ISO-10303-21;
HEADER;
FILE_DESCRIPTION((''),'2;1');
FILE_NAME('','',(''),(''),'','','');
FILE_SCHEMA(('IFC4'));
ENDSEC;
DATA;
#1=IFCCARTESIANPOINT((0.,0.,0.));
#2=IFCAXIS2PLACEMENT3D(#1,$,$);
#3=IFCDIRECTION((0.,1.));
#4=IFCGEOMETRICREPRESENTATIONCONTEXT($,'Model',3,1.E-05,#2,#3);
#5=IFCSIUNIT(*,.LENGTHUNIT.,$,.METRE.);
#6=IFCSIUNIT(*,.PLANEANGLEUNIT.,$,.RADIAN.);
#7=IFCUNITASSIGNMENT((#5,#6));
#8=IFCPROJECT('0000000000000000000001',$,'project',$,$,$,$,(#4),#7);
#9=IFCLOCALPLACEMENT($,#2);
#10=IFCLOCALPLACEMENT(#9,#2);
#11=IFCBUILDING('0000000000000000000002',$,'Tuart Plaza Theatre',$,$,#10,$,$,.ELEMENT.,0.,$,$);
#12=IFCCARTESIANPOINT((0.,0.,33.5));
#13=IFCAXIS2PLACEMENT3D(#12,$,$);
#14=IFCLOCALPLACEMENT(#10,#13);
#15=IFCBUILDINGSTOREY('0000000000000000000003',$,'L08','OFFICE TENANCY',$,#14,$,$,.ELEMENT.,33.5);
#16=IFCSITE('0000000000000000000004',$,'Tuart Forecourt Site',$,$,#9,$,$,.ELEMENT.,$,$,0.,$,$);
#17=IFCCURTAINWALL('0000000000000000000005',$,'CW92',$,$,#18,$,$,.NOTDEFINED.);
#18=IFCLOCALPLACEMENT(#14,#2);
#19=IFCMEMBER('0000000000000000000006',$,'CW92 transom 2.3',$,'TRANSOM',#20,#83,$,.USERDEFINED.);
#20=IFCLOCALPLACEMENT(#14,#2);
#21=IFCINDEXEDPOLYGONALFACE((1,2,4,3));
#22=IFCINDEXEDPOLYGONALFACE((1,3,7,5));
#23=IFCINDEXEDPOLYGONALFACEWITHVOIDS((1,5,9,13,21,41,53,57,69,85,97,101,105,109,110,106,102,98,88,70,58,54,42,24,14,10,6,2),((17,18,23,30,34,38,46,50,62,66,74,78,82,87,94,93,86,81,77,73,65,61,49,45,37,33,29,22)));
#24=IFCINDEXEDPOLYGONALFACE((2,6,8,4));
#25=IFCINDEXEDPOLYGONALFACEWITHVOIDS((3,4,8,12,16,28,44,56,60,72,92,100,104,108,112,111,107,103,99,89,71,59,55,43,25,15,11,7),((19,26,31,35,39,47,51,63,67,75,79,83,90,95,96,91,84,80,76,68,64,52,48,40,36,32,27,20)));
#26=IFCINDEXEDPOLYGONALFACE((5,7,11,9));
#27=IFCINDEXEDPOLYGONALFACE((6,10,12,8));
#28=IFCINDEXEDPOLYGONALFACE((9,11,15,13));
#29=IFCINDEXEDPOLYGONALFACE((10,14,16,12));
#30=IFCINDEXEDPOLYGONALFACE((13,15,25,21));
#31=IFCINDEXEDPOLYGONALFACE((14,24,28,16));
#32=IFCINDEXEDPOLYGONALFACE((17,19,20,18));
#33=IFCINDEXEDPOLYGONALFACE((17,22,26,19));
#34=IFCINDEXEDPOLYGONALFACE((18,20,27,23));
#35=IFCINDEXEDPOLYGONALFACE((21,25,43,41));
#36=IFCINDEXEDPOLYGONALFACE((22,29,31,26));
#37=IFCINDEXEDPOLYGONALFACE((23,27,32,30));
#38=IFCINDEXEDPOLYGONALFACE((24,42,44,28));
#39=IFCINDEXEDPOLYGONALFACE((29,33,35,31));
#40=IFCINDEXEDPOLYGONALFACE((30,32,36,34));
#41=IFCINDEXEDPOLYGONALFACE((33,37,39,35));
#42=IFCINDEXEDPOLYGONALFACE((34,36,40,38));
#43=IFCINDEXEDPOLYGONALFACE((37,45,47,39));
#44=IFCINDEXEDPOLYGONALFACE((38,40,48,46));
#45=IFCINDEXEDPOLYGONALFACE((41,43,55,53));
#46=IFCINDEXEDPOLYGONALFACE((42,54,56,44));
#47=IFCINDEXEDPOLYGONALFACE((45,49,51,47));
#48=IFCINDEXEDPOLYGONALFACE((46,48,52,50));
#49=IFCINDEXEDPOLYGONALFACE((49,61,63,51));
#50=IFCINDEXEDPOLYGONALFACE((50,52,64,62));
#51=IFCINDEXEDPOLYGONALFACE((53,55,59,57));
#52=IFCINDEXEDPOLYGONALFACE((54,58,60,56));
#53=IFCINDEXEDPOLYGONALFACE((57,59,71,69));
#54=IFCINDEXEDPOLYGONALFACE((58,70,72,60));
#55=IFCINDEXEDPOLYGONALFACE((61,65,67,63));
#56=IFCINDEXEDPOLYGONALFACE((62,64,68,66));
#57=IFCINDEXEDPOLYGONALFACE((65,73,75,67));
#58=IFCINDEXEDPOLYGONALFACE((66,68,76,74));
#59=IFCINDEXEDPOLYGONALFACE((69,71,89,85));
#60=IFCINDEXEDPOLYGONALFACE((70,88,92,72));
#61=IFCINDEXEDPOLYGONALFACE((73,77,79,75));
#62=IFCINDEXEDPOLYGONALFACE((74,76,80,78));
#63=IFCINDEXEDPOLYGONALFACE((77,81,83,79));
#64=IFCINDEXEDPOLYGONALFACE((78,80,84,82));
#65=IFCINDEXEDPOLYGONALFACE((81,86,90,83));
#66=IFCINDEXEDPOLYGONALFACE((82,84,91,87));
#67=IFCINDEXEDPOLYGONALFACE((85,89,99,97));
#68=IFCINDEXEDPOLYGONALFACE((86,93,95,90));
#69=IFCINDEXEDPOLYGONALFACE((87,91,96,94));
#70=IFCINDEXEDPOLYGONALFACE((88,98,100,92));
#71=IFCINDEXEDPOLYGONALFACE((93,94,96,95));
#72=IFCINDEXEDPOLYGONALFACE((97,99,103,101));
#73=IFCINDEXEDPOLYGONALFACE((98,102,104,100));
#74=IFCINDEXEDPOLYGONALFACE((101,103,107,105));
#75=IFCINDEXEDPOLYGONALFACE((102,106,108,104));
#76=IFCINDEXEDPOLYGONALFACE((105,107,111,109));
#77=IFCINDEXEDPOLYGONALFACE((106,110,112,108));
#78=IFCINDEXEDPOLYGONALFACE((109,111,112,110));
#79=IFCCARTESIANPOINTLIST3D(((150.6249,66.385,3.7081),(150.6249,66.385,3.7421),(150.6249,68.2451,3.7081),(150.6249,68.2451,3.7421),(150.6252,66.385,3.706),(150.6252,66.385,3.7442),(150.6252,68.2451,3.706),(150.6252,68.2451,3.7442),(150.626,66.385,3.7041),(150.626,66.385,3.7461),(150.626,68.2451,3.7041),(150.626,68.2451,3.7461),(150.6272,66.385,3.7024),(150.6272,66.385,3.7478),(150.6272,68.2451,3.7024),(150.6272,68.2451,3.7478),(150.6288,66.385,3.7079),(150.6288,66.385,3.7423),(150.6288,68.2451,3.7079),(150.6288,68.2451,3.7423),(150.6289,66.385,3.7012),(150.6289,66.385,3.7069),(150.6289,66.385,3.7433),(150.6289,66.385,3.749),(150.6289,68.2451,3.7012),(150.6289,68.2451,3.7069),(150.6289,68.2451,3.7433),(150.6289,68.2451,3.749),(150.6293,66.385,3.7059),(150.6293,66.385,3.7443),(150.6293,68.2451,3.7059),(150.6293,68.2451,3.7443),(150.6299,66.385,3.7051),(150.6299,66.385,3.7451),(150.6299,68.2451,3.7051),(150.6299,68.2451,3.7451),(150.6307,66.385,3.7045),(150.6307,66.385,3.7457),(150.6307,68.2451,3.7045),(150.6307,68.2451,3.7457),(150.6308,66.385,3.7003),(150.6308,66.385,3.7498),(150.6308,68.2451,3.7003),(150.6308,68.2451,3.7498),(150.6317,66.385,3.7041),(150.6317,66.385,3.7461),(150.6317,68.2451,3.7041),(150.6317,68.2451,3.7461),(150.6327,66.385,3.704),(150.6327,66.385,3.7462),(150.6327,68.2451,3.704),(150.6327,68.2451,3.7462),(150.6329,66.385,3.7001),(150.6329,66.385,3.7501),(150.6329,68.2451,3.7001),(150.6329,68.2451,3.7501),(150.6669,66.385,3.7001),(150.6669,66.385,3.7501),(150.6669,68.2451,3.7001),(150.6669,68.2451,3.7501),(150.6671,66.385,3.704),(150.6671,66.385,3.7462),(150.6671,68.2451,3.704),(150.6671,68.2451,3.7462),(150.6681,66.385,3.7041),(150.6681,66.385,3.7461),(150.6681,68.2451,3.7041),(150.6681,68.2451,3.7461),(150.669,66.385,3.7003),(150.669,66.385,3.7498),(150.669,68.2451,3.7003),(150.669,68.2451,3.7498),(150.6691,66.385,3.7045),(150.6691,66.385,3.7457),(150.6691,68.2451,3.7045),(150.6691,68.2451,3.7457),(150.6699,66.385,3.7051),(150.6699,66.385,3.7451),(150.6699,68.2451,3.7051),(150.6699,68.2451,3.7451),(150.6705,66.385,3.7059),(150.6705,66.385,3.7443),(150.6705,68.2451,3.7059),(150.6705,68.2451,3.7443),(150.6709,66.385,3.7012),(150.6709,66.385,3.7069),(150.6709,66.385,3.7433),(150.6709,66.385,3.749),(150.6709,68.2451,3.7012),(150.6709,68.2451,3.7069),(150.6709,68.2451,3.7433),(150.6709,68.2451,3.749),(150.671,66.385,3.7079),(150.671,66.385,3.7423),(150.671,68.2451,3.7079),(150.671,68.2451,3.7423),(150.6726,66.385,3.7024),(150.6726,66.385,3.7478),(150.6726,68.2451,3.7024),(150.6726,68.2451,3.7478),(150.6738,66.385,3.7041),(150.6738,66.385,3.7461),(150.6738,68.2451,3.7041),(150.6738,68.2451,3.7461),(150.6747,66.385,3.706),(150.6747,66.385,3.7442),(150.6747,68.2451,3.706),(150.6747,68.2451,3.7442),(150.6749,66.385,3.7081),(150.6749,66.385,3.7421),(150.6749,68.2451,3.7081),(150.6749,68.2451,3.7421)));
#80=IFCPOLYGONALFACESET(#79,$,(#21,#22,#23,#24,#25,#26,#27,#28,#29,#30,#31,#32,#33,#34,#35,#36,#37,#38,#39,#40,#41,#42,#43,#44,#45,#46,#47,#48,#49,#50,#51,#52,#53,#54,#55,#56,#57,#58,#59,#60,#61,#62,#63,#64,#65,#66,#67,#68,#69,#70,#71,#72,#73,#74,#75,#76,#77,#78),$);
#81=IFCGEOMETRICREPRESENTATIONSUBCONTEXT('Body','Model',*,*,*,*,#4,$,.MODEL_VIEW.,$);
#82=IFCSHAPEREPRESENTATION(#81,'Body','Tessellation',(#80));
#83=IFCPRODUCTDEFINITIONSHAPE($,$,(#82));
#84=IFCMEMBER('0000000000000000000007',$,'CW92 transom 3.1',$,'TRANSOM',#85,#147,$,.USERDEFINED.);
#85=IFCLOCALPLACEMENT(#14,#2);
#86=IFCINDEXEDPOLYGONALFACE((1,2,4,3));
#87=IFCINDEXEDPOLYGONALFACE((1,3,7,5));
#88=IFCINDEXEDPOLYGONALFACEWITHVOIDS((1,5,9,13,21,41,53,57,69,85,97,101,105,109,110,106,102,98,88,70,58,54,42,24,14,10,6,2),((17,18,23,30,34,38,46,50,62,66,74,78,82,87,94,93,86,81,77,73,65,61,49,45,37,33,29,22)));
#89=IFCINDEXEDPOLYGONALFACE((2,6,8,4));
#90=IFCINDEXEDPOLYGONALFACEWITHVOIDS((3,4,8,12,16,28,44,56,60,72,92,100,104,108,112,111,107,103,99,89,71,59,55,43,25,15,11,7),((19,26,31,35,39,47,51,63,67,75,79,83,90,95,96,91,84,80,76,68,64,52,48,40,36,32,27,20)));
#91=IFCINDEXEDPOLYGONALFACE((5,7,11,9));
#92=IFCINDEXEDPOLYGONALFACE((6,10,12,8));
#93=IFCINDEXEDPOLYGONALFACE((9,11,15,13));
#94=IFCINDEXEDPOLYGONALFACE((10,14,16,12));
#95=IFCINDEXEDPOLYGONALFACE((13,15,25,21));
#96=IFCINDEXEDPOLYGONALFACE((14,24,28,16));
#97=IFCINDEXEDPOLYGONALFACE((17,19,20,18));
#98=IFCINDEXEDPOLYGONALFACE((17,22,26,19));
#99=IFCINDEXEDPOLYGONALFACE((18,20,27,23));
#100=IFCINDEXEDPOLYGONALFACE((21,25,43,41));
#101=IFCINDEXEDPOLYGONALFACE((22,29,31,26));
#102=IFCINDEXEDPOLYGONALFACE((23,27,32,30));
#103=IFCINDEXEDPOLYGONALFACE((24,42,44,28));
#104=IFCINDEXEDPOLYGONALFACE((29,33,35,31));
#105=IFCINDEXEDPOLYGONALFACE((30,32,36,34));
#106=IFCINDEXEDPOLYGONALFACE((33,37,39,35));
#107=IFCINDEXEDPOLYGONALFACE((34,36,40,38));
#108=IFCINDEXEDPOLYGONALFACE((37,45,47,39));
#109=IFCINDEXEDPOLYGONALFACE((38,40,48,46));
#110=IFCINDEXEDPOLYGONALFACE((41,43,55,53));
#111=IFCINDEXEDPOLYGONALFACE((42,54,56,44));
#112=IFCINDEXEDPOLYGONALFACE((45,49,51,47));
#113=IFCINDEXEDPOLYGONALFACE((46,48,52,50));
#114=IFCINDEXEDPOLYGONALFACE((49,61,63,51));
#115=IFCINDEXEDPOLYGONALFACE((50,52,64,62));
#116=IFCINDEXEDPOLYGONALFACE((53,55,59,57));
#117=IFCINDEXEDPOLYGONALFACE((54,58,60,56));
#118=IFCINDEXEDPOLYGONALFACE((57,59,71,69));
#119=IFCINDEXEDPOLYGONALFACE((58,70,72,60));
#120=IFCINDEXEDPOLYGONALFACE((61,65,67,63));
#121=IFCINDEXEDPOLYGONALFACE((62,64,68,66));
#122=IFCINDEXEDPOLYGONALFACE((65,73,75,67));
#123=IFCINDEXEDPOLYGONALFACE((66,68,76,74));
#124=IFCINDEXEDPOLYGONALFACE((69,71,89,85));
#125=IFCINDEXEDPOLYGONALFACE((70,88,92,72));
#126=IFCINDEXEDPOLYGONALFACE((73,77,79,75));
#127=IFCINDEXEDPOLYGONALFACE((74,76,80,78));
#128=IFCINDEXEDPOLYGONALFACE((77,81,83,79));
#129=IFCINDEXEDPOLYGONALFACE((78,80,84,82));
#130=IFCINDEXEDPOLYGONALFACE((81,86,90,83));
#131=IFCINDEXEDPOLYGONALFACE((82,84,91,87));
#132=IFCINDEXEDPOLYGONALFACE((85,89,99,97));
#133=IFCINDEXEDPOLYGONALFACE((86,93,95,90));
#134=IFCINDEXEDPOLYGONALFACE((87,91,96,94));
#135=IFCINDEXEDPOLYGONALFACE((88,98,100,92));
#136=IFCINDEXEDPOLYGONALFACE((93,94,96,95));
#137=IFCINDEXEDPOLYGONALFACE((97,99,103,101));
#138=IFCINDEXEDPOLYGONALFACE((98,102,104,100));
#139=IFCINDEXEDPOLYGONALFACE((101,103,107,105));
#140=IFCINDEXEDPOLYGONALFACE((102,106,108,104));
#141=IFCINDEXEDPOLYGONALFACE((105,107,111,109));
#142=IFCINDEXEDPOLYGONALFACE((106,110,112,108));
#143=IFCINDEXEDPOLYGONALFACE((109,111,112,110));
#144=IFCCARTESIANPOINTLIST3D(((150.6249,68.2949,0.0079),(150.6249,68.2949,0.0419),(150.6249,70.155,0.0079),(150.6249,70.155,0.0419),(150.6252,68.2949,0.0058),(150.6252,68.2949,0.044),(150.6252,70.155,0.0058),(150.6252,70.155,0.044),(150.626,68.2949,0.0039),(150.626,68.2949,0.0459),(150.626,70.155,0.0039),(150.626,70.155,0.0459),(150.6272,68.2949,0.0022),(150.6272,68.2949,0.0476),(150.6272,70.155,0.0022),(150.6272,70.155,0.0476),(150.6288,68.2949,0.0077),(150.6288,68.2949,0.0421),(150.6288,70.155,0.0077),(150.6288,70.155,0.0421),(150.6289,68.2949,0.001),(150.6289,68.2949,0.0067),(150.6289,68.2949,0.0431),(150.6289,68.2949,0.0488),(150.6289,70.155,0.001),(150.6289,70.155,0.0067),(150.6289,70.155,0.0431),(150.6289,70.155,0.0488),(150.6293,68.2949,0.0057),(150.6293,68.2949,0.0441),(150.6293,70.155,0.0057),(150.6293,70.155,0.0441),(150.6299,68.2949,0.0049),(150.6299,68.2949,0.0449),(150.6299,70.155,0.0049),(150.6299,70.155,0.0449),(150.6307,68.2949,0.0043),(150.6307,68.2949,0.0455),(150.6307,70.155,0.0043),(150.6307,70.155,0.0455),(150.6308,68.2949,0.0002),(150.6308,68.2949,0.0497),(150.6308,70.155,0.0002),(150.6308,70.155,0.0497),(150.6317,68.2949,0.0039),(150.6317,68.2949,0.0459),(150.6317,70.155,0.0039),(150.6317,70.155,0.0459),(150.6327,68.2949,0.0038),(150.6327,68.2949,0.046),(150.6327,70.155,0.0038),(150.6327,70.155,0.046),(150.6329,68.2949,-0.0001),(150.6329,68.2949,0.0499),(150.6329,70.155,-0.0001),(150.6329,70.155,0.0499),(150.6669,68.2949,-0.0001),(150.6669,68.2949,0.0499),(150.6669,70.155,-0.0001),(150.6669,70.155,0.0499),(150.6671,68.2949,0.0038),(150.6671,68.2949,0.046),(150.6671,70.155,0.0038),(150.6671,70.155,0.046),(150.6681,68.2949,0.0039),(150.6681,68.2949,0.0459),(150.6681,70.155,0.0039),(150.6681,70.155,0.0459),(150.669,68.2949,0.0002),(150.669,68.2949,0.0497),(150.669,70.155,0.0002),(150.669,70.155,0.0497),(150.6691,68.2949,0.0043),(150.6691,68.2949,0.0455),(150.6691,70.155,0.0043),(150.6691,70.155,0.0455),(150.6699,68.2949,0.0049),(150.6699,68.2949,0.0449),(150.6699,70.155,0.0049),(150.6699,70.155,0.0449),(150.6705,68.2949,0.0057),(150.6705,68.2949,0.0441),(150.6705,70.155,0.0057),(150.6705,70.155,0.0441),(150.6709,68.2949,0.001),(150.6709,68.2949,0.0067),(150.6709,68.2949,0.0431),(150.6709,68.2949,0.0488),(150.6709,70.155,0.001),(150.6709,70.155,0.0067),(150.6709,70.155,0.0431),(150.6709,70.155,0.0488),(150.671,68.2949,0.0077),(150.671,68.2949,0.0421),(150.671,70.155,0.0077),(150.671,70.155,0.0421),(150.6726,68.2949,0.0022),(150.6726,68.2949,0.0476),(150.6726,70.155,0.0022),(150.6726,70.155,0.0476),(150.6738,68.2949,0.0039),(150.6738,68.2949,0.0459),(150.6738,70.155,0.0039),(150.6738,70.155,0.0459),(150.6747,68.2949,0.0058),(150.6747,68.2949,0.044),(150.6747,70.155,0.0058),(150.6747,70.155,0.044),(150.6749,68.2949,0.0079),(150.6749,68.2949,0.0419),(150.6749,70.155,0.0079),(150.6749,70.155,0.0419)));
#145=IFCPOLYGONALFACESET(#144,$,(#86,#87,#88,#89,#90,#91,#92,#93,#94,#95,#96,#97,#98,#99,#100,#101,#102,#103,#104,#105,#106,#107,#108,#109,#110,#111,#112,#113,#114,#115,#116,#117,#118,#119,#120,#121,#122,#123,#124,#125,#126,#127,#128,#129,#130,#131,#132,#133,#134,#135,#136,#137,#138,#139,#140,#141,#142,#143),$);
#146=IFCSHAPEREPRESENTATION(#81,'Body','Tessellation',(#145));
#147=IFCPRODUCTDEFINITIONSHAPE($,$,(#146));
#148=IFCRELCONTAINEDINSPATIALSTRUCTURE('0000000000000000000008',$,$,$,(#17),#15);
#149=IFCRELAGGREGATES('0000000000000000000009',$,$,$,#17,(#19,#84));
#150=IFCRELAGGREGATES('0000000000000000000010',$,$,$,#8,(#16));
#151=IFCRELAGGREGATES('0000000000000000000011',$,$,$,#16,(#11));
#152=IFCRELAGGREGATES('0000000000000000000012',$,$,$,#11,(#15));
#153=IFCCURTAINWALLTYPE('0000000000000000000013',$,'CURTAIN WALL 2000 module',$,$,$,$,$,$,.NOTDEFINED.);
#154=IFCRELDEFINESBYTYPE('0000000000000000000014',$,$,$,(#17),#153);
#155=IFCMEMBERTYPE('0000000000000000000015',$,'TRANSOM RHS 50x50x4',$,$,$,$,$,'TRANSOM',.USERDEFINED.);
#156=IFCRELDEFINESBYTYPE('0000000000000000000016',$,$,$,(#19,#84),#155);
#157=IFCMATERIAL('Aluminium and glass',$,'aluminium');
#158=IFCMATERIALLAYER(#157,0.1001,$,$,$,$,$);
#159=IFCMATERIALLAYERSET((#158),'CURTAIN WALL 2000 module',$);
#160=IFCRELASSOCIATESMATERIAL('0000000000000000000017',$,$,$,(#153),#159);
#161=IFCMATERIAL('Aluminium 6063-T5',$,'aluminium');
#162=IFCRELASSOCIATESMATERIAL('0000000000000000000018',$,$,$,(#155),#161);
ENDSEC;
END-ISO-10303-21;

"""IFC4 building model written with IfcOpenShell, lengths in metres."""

from ifc_helpers import new_model, si_unit, direction, frame, origin, origin_2d, place, context, subcontext, project, spatial, hollow_rectangle, extrude, material, layer, layer_set, material_profile, profile_set, type_object, element, aggregate, save


model = new_model("IFC4")

# Units and contexts
model_context = context("Model", 3, precision=1e-05, world=origin(), true_north=direction((0.0, 1.0)))
body_context = subcontext(model_context, "Body", "Model", "MODEL_VIEW")
ifc_project = project(units=[si_unit("LENGTHUNIT", "METRE"), si_unit("PLANEANGLEUNIT", "RADIAN")], contexts=[model_context])

# Site, building, storey
site_placement = place(None, origin())
site = spatial("IfcSite", under=ifc_project, at=site_placement, Name="Tuart Forecourt Site", CompositionType="ELEMENT", RefElevation=0.0)
building_placement = place(site_placement, origin())
building = spatial("IfcBuilding", under=site, at=building_placement, Name="Tuart Plaza Theatre", CompositionType="ELEMENT", ElevationOfRefHeight=0.0)
storey_placement = place(building_placement, frame((0.0, 0.0, 33.5)))
storey = spatial("IfcBuildingStorey", under=building, at=storey_placement, Name="L08", Description="OFFICE TENANCY", CompositionType="ELEMENT", Elevation=33.5)

# Curtain wall, members
ifc_material_1 = material(Name="Aluminium and glass", Category="aluminium")
ifc_layer_1 = layer(ifc_material_1, 0.1001)
ifc_layer_set_1 = layer_set([ifc_layer_1], Name="CURTAIN WALL 2000 module")
curtain_wall_type = type_object("IfcCurtainWallType", Name="CURTAIN WALL 2000 module", PredefinedType="NOTDEFINED", material=ifc_layer_set_1)
curtain_wall_placement = place(storey_placement, origin())
curtain_wall = element("IfcCurtainWall", 1, at=curtain_wall_placement, inside=storey, type_object=curtain_wall_type, Name="CW92", PredefinedType="NOTDEFINED")
ifc_material_2 = material(Name="Aluminium 6063-T5", Category="aluminium")
ifc_material_profile_1 = material_profile(ifc_material_2, hollow_rectangle(XDim=0.05, YDim=0.05, WallThickness=0.0039, InnerFilletRadius=0.0039, OuterFilletRadius=0.0081, at=origin_2d()), Name="RHS 50x50x4")
ifc_profile_set_1 = profile_set([ifc_material_profile_1], Name="Aluminium 6063-T5")
member_type_1 = type_object("IfcMemberType", Name="TRANSOM RHS 50x50x4", ElementType="TRANSOM", PredefinedType="USERDEFINED", material=ifc_profile_set_1)
member_1_placement = place(storey_placement, frame((150.6499, 66.385, 3.7251), z_axis=(0.0, 1.0, 0.0), x_axis=(-1.0, 0.0, 0.0)))
member_1 = element("IfcMember", 2, at=member_1_placement, type_object=member_type_1, Name="CW92 transom 2.3", ObjectType="TRANSOM", PredefinedType="USERDEFINED", context=body_context, shape_type="SweptSolid", body=[
    extrude(hollow_rectangle(XDim=0.05, YDim=0.05, WallThickness=0.0039, InnerFilletRadius=0.0039, OuterFilletRadius=0.0081, at=origin_2d()), origin(), (0.0, 0.0, 1.0), 1.8601),
])
member_2_placement = place(storey_placement, frame((150.6499, 68.2949, 0.0249), z_axis=(0.0, 1.0, 0.0), x_axis=(-1.0, 0.0, 0.0)))
member_2 = element("IfcMember", 3, at=member_2_placement, type_object=member_type_1, Name="CW92 transom 3.1", ObjectType="TRANSOM", PredefinedType="USERDEFINED", context=body_context, shape_type="SweptSolid", body=[
    extrude(hollow_rectangle(XDim=0.05, YDim=0.05, WallThickness=0.0039, InnerFilletRadius=0.0039, OuterFilletRadius=0.0081, at=origin_2d()), origin(), (0.0, 0.0, 1.0), 1.8601),
])
aggregate(curtain_wall, [member_1, member_2])

save(model, "model.ifc")
